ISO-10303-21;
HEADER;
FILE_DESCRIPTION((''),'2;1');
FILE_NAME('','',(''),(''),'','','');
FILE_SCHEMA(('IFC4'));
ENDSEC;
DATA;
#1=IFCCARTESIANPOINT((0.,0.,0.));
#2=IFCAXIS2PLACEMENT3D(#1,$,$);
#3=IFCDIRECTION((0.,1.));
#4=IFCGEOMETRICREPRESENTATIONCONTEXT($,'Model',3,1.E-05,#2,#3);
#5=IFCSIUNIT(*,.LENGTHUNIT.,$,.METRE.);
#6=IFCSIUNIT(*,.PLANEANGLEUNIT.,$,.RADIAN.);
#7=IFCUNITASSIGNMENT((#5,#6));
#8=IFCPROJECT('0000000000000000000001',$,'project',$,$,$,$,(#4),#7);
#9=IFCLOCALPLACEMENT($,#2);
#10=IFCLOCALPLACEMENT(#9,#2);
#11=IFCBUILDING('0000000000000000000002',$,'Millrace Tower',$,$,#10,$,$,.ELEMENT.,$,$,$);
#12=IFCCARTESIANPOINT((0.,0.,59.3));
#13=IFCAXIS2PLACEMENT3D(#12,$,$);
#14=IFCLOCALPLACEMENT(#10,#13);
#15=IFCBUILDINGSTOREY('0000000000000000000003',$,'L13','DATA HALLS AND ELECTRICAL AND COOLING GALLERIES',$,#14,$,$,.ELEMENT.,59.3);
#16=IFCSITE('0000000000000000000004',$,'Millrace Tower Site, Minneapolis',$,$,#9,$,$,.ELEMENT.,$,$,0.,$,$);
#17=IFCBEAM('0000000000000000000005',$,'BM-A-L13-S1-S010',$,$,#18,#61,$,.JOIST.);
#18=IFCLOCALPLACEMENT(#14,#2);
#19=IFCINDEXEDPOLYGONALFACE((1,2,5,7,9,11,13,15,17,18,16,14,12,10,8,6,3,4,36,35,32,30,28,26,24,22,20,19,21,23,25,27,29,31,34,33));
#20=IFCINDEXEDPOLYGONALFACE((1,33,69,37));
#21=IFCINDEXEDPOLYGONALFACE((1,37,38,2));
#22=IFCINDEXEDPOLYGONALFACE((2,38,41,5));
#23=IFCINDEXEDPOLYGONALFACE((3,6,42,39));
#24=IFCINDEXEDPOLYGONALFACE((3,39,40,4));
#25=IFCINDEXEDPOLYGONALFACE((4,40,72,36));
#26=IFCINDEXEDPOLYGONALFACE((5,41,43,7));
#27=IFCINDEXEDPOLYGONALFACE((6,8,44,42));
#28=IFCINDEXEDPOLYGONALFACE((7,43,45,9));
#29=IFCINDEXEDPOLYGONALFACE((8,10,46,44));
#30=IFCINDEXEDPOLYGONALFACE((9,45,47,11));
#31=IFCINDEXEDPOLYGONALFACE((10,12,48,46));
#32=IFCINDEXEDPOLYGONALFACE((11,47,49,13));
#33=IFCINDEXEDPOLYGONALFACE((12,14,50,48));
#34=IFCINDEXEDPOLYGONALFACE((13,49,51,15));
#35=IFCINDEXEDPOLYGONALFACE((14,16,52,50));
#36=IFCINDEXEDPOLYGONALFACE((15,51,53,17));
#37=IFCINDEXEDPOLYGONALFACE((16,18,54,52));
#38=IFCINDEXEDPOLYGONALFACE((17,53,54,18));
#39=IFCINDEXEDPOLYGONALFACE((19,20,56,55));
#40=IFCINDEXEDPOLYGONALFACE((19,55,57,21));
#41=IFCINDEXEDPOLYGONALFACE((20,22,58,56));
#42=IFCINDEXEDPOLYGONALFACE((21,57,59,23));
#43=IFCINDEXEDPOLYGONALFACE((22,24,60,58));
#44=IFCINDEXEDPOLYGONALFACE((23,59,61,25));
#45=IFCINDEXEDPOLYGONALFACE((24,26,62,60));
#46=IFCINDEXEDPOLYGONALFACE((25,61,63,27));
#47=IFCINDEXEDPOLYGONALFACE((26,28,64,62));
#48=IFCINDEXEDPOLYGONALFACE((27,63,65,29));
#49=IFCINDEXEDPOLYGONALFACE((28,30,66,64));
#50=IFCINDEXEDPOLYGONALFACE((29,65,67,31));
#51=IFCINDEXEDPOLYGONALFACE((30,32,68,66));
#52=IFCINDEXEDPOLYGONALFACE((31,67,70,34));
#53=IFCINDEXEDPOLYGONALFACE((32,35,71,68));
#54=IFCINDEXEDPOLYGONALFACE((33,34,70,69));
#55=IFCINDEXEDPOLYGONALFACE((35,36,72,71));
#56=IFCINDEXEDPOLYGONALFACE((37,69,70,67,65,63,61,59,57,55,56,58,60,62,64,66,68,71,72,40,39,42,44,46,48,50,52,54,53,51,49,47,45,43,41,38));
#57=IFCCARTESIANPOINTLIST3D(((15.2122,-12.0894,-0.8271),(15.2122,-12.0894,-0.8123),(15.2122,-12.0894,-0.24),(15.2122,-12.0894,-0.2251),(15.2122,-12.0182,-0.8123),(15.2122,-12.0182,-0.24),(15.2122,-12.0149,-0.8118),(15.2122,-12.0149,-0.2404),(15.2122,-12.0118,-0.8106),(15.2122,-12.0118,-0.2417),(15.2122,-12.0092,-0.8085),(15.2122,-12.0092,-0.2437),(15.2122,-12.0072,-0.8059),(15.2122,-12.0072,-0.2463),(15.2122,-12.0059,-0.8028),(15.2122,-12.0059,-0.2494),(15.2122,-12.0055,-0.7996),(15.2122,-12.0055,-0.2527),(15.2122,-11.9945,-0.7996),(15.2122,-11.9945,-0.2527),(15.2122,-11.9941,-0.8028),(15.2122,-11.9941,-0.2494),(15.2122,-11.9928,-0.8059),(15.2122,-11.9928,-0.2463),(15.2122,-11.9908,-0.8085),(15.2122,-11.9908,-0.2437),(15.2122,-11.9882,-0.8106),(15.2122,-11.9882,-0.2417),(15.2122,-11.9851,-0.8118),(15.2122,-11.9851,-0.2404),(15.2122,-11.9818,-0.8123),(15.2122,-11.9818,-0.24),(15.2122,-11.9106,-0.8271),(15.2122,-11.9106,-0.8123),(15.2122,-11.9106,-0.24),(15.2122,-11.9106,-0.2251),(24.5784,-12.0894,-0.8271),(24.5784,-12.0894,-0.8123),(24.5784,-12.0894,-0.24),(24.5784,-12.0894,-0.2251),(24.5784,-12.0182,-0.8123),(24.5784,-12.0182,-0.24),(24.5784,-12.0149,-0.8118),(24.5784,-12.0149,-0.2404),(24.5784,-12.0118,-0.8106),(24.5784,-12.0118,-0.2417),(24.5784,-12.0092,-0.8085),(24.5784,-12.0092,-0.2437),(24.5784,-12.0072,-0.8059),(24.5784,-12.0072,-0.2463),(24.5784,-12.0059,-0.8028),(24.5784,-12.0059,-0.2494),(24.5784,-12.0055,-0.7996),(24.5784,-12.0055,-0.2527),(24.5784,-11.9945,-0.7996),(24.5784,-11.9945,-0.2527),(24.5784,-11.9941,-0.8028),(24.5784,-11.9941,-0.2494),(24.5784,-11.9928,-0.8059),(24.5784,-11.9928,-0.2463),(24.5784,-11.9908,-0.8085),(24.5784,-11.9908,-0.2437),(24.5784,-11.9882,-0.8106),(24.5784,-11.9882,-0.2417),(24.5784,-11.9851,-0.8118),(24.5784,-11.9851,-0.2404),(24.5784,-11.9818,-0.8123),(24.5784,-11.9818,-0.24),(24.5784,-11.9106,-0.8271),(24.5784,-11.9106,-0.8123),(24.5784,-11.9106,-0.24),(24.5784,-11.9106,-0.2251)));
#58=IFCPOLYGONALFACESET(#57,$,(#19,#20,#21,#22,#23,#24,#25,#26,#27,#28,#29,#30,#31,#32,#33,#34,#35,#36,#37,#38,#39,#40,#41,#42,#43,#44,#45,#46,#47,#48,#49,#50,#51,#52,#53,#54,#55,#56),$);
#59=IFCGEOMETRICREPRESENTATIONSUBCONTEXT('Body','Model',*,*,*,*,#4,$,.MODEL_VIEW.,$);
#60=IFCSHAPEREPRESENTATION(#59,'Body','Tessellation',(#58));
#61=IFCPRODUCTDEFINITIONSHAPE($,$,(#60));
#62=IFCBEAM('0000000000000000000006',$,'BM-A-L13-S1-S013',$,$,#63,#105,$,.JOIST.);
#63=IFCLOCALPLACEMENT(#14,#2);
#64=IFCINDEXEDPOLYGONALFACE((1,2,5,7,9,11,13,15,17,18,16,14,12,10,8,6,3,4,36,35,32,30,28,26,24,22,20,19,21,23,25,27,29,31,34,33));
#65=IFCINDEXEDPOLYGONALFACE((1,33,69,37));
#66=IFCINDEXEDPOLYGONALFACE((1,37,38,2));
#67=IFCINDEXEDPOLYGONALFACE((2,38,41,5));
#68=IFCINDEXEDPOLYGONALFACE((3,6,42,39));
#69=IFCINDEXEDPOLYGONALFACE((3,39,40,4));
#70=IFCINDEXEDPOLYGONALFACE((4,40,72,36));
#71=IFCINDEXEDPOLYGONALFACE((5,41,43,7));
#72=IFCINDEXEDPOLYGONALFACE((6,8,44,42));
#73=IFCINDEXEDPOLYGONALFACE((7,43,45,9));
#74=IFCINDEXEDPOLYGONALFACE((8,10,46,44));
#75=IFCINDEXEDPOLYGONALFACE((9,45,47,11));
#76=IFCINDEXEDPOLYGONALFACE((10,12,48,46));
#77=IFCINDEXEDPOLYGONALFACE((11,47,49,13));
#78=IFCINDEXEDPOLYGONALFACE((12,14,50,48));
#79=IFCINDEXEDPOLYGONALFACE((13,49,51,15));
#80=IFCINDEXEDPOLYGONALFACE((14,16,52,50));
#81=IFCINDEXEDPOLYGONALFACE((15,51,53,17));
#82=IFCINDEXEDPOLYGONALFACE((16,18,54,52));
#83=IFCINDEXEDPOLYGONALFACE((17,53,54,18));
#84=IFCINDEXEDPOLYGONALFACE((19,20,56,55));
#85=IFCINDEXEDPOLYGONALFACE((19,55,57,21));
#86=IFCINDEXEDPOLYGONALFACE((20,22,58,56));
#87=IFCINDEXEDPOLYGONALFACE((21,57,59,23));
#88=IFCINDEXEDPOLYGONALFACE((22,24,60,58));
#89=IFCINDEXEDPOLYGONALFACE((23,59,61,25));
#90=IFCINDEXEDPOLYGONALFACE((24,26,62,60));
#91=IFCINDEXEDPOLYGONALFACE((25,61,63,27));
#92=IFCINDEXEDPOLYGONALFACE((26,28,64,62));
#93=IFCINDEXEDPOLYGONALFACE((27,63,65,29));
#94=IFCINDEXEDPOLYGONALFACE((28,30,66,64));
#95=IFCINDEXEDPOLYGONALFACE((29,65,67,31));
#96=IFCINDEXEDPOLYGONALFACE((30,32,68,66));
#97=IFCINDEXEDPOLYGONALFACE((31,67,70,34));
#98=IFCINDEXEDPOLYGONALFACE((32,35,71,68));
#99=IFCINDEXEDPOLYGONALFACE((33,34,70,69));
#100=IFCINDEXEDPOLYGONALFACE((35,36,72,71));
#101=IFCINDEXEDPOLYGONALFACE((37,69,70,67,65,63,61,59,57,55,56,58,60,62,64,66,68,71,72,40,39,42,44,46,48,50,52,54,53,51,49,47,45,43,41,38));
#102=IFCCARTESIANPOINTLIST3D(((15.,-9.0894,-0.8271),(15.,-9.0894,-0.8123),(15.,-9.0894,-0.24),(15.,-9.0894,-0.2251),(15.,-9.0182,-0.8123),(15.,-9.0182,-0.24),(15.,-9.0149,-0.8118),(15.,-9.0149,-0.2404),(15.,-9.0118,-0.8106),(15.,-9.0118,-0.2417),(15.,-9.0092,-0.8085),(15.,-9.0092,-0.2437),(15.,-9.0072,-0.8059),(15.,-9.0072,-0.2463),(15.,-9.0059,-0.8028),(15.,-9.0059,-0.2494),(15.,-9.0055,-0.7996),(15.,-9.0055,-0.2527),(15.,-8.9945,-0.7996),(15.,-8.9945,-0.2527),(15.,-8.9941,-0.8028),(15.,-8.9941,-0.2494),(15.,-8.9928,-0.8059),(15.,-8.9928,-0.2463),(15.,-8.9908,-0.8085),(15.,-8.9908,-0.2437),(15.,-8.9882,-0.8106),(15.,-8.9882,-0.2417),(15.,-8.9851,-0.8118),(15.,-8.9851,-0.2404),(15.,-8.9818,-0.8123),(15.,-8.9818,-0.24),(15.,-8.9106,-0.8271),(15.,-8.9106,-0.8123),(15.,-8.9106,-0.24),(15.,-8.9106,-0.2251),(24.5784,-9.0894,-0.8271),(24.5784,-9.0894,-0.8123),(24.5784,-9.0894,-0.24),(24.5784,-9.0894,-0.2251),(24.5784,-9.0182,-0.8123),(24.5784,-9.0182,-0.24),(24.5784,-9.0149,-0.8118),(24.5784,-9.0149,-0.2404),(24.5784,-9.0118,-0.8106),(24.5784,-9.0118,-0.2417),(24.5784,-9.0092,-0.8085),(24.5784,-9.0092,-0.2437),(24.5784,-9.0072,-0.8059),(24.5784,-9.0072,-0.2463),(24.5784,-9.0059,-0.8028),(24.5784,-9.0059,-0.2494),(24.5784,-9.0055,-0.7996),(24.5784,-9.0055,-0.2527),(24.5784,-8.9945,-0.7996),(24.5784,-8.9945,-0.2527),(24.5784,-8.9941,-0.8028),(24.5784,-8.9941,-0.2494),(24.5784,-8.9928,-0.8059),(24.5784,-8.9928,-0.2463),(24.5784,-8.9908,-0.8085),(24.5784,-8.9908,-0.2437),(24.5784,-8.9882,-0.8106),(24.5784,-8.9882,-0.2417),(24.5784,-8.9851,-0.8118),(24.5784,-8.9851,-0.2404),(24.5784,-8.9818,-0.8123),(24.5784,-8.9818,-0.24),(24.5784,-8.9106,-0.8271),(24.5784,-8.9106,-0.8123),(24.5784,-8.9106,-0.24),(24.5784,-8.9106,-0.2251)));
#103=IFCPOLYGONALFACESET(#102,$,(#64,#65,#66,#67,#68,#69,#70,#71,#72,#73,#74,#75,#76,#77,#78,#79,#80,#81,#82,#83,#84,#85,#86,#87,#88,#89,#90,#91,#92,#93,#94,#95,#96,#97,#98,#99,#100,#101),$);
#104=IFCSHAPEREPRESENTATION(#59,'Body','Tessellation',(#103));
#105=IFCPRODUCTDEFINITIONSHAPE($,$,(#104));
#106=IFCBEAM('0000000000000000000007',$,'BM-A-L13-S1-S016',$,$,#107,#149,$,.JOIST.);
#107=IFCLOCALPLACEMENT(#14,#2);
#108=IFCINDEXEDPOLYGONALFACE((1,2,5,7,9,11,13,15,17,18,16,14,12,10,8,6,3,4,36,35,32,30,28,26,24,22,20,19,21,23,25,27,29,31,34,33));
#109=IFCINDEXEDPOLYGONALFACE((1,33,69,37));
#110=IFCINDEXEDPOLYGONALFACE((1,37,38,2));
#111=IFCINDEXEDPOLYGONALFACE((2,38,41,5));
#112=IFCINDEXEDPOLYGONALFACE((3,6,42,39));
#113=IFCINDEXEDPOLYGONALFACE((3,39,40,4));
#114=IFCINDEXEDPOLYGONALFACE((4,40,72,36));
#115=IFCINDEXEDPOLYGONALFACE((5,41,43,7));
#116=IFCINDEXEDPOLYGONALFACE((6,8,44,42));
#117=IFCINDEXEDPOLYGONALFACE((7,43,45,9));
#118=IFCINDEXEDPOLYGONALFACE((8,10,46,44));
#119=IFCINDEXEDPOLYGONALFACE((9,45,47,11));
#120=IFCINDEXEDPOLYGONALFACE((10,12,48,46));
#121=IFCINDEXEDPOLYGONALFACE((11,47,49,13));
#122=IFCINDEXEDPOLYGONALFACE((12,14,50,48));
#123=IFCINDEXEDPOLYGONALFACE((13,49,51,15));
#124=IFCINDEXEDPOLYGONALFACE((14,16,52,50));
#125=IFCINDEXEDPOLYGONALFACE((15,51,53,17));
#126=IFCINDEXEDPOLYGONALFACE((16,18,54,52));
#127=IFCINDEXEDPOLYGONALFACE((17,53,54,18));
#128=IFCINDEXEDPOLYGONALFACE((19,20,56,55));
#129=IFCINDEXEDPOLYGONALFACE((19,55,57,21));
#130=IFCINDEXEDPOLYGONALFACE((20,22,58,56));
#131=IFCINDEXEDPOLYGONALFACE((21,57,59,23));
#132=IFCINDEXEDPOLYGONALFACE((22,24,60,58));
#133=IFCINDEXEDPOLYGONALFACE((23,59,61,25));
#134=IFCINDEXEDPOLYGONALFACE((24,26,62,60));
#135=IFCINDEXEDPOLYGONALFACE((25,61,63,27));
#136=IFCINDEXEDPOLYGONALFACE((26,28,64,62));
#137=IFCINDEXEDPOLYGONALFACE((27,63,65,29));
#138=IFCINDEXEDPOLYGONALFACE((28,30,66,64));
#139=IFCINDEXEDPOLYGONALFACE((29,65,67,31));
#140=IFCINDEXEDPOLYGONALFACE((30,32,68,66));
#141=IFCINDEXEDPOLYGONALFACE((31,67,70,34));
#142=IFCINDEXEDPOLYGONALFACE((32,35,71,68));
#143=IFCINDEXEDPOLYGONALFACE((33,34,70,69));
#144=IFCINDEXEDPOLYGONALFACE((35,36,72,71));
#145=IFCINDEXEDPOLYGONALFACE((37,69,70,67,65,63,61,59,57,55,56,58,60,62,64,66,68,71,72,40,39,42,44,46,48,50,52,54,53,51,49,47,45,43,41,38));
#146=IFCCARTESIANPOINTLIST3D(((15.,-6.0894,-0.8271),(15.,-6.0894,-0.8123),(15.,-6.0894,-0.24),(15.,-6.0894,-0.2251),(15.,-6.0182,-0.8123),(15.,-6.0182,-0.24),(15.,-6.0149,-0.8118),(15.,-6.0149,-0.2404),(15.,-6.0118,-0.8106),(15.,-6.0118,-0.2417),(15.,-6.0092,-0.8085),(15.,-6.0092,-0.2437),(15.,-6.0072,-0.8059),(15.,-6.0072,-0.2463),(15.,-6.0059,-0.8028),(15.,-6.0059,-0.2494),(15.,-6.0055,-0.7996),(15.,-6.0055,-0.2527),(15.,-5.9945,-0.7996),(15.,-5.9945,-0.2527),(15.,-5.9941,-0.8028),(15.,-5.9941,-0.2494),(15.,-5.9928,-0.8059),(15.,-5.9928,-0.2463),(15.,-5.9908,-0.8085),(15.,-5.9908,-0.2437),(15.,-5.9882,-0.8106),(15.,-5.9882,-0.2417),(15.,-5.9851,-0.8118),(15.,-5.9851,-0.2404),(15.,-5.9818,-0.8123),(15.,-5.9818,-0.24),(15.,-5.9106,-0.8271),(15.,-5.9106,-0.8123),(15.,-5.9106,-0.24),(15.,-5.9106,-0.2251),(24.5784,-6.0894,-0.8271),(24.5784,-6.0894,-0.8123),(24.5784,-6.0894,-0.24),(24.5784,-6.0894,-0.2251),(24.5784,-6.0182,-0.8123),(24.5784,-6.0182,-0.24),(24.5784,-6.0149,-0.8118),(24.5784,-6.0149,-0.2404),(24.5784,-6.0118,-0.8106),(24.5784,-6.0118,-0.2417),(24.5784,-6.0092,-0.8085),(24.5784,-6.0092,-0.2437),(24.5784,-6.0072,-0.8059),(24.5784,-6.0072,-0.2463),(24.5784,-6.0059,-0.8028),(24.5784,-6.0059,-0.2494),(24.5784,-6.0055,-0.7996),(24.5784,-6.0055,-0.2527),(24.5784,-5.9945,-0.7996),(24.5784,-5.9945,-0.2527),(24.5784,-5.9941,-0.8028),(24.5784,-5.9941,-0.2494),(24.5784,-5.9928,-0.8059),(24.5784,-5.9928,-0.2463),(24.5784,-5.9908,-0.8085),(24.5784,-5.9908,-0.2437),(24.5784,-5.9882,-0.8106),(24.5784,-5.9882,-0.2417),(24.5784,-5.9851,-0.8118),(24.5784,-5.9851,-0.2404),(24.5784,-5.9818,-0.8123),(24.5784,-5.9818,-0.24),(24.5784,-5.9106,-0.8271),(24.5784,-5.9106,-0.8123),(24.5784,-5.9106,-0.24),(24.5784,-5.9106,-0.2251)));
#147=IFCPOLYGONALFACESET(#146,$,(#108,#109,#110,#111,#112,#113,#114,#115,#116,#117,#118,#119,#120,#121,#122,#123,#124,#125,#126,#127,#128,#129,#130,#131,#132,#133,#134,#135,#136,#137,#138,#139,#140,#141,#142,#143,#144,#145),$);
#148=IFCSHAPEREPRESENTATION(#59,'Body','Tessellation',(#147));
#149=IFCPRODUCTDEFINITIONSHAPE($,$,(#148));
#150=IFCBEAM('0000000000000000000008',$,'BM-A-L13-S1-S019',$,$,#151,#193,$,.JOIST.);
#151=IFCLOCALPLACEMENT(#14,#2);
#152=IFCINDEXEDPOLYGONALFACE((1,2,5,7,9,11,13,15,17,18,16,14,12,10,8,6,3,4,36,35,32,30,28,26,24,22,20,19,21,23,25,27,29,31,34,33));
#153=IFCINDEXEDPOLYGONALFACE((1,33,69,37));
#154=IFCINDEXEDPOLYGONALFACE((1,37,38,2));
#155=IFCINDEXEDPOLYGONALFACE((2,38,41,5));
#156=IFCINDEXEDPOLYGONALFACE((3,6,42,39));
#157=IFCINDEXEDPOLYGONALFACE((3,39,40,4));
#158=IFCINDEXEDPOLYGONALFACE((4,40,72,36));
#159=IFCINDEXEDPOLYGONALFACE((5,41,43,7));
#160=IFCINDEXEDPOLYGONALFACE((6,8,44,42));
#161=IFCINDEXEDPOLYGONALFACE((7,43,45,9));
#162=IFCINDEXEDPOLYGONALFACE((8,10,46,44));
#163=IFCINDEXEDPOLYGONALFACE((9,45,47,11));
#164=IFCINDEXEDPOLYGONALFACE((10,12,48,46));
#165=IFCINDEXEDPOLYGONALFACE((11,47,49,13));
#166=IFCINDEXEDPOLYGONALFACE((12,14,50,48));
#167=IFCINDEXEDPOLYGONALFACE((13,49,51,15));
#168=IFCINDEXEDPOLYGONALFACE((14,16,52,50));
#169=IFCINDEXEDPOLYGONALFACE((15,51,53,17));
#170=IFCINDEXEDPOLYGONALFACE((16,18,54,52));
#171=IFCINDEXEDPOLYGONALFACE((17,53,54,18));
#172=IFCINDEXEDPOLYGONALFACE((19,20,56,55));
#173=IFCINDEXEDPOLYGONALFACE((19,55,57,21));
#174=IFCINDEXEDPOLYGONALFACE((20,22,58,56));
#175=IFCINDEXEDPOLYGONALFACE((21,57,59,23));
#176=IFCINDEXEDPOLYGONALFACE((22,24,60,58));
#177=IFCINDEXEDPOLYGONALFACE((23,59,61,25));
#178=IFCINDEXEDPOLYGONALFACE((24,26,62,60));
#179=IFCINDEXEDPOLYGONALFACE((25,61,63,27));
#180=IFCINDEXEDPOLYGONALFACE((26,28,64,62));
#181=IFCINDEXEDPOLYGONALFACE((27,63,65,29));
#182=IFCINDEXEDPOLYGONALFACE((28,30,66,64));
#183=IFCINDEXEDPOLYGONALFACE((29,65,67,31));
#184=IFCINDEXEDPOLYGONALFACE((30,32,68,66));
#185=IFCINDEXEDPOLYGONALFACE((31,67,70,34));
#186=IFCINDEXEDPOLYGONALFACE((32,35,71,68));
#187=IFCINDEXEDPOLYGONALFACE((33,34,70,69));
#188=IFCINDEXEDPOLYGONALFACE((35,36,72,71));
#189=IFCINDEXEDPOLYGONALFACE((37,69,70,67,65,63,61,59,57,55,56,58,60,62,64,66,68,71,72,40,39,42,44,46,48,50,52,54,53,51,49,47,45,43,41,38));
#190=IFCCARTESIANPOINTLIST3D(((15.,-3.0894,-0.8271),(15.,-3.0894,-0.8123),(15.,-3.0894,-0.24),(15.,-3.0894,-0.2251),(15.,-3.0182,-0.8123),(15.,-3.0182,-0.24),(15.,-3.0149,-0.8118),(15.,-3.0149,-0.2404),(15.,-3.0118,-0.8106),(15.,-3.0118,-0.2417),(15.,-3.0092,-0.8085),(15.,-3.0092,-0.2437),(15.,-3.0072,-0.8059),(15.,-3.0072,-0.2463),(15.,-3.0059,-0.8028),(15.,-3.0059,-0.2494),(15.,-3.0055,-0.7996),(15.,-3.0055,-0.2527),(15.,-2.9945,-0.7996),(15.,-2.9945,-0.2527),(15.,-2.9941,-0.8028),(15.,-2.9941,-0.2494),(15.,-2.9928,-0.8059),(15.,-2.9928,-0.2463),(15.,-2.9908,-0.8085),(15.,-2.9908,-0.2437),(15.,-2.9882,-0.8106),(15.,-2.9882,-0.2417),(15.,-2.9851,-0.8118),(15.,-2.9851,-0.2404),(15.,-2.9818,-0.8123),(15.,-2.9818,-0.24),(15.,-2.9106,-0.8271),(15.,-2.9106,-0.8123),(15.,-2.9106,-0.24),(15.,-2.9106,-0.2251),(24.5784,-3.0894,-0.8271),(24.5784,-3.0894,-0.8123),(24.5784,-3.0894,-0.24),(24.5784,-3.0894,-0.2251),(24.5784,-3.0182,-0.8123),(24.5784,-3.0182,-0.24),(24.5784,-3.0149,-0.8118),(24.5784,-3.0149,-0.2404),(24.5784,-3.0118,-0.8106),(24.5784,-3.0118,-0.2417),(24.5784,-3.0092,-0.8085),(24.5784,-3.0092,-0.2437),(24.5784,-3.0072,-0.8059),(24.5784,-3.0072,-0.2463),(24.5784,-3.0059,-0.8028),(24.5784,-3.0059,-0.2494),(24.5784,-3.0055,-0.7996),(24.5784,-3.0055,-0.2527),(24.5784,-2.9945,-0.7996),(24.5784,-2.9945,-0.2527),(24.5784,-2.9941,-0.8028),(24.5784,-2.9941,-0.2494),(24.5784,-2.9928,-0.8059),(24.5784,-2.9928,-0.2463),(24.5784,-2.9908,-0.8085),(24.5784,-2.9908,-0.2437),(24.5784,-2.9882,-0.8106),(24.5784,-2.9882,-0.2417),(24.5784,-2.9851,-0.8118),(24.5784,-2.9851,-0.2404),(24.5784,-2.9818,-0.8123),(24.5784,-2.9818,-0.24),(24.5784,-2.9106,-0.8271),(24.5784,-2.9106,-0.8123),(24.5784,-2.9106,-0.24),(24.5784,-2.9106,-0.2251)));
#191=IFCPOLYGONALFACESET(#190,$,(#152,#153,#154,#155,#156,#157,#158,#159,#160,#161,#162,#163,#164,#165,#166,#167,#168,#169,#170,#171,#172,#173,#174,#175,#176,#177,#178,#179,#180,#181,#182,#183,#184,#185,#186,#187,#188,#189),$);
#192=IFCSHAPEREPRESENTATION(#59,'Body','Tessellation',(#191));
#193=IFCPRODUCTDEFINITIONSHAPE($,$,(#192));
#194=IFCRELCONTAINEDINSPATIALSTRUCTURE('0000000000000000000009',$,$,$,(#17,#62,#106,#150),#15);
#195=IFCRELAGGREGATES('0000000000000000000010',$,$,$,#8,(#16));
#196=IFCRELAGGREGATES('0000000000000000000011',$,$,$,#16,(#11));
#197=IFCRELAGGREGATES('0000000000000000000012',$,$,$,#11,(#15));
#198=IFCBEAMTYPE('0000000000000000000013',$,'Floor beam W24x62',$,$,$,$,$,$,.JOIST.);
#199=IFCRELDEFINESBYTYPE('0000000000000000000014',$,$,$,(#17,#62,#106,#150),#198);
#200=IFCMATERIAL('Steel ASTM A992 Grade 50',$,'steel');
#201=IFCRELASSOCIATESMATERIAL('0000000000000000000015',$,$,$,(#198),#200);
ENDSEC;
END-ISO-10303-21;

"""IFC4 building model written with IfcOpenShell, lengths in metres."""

from ifc_helpers import new_model, si_unit, direction, frame, origin, origin_2d, place, context, subcontext, project, spatial, i_section, extrude, material, material_profile, profile_set, type_object, element, save


model = new_model("IFC4")

# Units and contexts
model_context = context("Model", 3, precision=1e-05, world=origin(), true_north=direction((0.0, 1.0)))
body_context = subcontext(model_context, "Body", "Model", "MODEL_VIEW")
ifc_project = project(units=[si_unit("LENGTHUNIT", "METRE"), si_unit("PLANEANGLEUNIT", "RADIAN")], contexts=[model_context])

# Site, building, storey
site_placement = place(None, origin())
site = spatial("IfcSite", under=ifc_project, at=site_placement, Name="Millrace Tower Site, Minneapolis", CompositionType="ELEMENT", RefElevation=0.0)
building_placement = place(site_placement, origin())
building = spatial("IfcBuilding", under=site, at=building_placement, Name="Millrace Tower", CompositionType="ELEMENT")
storey_placement = place(building_placement, frame((0.0, 0.0, 59.3)))
storey = spatial("IfcBuildingStorey", under=building, at=storey_placement, Name="L13", Description="DATA HALLS AND ELECTRICAL AND COOLING GALLERIES", CompositionType="ELEMENT", Elevation=59.3)

# Beams
ifc_material_1 = material(Name="Steel ASTM A992 Grade 50", Category="steel")
ifc_material_profile_1 = material_profile(ifc_material_1, i_section(OverallWidth=0.1787, OverallDepth=0.6021, WebThickness=0.011, FlangeThickness=0.0149, FilletRadius=0.0127, at=origin_2d()))
ifc_profile_set_1 = profile_set([ifc_material_profile_1], Name="Steel ASTM A992 Grade 50")
beam_type_1 = type_object("IfcBeamType", Name="Floor beam W24x62", PredefinedType="JOIST", material=ifc_profile_set_1)
for number, where, z_axis, x_axis, name in (
    (1, (15.2122, -12.0, -0.5261), (1.0, 0.0, 0.0), (0.0, 1.0, 0.0), "BM-A-L13-S1-S010"),
):
    element("IfcBeam", number, at=place(storey_placement, frame(where, z_axis=z_axis, x_axis=x_axis)), inside=storey, type_object=beam_type_1, Name=name, PredefinedType="JOIST", context=body_context, shape_type="SweptSolid", body=[
        extrude(i_section(OverallWidth=0.1787, OverallDepth=0.6021, WebThickness=0.011, FlangeThickness=0.0149, FilletRadius=0.0127, at=origin_2d()), origin(), (0.0, 0.0, 1.0), 9.3662),
    ])
for number, where, z_axis, x_axis, name in (
    (2, (15.0, -9.0, -0.5261), (1.0, 0.0, 0.0), (0.0, 1.0, 0.0), "BM-A-L13-S1-S013"),
    (3, (15.0, -6.0, -0.5261), (1.0, 0.0, 0.0), (0.0, 1.0, 0.0), "BM-A-L13-S1-S016"),
    (4, (15.0, -3.0, -0.5261), (1.0, 0.0, 0.0), (0.0, 1.0, 0.0), "BM-A-L13-S1-S019"),
):
    element("IfcBeam", number, at=place(storey_placement, frame(where, z_axis=z_axis, x_axis=x_axis)), inside=storey, type_object=beam_type_1, Name=name, PredefinedType="JOIST", context=body_context, shape_type="SweptSolid", body=[
        extrude(i_section(OverallWidth=0.1787, OverallDepth=0.6021, WebThickness=0.011, FlangeThickness=0.0149, FilletRadius=0.0127, at=origin_2d()), origin(), (0.0, 0.0, 1.0), 9.5784),
    ])

save(model, "model.ifc")
